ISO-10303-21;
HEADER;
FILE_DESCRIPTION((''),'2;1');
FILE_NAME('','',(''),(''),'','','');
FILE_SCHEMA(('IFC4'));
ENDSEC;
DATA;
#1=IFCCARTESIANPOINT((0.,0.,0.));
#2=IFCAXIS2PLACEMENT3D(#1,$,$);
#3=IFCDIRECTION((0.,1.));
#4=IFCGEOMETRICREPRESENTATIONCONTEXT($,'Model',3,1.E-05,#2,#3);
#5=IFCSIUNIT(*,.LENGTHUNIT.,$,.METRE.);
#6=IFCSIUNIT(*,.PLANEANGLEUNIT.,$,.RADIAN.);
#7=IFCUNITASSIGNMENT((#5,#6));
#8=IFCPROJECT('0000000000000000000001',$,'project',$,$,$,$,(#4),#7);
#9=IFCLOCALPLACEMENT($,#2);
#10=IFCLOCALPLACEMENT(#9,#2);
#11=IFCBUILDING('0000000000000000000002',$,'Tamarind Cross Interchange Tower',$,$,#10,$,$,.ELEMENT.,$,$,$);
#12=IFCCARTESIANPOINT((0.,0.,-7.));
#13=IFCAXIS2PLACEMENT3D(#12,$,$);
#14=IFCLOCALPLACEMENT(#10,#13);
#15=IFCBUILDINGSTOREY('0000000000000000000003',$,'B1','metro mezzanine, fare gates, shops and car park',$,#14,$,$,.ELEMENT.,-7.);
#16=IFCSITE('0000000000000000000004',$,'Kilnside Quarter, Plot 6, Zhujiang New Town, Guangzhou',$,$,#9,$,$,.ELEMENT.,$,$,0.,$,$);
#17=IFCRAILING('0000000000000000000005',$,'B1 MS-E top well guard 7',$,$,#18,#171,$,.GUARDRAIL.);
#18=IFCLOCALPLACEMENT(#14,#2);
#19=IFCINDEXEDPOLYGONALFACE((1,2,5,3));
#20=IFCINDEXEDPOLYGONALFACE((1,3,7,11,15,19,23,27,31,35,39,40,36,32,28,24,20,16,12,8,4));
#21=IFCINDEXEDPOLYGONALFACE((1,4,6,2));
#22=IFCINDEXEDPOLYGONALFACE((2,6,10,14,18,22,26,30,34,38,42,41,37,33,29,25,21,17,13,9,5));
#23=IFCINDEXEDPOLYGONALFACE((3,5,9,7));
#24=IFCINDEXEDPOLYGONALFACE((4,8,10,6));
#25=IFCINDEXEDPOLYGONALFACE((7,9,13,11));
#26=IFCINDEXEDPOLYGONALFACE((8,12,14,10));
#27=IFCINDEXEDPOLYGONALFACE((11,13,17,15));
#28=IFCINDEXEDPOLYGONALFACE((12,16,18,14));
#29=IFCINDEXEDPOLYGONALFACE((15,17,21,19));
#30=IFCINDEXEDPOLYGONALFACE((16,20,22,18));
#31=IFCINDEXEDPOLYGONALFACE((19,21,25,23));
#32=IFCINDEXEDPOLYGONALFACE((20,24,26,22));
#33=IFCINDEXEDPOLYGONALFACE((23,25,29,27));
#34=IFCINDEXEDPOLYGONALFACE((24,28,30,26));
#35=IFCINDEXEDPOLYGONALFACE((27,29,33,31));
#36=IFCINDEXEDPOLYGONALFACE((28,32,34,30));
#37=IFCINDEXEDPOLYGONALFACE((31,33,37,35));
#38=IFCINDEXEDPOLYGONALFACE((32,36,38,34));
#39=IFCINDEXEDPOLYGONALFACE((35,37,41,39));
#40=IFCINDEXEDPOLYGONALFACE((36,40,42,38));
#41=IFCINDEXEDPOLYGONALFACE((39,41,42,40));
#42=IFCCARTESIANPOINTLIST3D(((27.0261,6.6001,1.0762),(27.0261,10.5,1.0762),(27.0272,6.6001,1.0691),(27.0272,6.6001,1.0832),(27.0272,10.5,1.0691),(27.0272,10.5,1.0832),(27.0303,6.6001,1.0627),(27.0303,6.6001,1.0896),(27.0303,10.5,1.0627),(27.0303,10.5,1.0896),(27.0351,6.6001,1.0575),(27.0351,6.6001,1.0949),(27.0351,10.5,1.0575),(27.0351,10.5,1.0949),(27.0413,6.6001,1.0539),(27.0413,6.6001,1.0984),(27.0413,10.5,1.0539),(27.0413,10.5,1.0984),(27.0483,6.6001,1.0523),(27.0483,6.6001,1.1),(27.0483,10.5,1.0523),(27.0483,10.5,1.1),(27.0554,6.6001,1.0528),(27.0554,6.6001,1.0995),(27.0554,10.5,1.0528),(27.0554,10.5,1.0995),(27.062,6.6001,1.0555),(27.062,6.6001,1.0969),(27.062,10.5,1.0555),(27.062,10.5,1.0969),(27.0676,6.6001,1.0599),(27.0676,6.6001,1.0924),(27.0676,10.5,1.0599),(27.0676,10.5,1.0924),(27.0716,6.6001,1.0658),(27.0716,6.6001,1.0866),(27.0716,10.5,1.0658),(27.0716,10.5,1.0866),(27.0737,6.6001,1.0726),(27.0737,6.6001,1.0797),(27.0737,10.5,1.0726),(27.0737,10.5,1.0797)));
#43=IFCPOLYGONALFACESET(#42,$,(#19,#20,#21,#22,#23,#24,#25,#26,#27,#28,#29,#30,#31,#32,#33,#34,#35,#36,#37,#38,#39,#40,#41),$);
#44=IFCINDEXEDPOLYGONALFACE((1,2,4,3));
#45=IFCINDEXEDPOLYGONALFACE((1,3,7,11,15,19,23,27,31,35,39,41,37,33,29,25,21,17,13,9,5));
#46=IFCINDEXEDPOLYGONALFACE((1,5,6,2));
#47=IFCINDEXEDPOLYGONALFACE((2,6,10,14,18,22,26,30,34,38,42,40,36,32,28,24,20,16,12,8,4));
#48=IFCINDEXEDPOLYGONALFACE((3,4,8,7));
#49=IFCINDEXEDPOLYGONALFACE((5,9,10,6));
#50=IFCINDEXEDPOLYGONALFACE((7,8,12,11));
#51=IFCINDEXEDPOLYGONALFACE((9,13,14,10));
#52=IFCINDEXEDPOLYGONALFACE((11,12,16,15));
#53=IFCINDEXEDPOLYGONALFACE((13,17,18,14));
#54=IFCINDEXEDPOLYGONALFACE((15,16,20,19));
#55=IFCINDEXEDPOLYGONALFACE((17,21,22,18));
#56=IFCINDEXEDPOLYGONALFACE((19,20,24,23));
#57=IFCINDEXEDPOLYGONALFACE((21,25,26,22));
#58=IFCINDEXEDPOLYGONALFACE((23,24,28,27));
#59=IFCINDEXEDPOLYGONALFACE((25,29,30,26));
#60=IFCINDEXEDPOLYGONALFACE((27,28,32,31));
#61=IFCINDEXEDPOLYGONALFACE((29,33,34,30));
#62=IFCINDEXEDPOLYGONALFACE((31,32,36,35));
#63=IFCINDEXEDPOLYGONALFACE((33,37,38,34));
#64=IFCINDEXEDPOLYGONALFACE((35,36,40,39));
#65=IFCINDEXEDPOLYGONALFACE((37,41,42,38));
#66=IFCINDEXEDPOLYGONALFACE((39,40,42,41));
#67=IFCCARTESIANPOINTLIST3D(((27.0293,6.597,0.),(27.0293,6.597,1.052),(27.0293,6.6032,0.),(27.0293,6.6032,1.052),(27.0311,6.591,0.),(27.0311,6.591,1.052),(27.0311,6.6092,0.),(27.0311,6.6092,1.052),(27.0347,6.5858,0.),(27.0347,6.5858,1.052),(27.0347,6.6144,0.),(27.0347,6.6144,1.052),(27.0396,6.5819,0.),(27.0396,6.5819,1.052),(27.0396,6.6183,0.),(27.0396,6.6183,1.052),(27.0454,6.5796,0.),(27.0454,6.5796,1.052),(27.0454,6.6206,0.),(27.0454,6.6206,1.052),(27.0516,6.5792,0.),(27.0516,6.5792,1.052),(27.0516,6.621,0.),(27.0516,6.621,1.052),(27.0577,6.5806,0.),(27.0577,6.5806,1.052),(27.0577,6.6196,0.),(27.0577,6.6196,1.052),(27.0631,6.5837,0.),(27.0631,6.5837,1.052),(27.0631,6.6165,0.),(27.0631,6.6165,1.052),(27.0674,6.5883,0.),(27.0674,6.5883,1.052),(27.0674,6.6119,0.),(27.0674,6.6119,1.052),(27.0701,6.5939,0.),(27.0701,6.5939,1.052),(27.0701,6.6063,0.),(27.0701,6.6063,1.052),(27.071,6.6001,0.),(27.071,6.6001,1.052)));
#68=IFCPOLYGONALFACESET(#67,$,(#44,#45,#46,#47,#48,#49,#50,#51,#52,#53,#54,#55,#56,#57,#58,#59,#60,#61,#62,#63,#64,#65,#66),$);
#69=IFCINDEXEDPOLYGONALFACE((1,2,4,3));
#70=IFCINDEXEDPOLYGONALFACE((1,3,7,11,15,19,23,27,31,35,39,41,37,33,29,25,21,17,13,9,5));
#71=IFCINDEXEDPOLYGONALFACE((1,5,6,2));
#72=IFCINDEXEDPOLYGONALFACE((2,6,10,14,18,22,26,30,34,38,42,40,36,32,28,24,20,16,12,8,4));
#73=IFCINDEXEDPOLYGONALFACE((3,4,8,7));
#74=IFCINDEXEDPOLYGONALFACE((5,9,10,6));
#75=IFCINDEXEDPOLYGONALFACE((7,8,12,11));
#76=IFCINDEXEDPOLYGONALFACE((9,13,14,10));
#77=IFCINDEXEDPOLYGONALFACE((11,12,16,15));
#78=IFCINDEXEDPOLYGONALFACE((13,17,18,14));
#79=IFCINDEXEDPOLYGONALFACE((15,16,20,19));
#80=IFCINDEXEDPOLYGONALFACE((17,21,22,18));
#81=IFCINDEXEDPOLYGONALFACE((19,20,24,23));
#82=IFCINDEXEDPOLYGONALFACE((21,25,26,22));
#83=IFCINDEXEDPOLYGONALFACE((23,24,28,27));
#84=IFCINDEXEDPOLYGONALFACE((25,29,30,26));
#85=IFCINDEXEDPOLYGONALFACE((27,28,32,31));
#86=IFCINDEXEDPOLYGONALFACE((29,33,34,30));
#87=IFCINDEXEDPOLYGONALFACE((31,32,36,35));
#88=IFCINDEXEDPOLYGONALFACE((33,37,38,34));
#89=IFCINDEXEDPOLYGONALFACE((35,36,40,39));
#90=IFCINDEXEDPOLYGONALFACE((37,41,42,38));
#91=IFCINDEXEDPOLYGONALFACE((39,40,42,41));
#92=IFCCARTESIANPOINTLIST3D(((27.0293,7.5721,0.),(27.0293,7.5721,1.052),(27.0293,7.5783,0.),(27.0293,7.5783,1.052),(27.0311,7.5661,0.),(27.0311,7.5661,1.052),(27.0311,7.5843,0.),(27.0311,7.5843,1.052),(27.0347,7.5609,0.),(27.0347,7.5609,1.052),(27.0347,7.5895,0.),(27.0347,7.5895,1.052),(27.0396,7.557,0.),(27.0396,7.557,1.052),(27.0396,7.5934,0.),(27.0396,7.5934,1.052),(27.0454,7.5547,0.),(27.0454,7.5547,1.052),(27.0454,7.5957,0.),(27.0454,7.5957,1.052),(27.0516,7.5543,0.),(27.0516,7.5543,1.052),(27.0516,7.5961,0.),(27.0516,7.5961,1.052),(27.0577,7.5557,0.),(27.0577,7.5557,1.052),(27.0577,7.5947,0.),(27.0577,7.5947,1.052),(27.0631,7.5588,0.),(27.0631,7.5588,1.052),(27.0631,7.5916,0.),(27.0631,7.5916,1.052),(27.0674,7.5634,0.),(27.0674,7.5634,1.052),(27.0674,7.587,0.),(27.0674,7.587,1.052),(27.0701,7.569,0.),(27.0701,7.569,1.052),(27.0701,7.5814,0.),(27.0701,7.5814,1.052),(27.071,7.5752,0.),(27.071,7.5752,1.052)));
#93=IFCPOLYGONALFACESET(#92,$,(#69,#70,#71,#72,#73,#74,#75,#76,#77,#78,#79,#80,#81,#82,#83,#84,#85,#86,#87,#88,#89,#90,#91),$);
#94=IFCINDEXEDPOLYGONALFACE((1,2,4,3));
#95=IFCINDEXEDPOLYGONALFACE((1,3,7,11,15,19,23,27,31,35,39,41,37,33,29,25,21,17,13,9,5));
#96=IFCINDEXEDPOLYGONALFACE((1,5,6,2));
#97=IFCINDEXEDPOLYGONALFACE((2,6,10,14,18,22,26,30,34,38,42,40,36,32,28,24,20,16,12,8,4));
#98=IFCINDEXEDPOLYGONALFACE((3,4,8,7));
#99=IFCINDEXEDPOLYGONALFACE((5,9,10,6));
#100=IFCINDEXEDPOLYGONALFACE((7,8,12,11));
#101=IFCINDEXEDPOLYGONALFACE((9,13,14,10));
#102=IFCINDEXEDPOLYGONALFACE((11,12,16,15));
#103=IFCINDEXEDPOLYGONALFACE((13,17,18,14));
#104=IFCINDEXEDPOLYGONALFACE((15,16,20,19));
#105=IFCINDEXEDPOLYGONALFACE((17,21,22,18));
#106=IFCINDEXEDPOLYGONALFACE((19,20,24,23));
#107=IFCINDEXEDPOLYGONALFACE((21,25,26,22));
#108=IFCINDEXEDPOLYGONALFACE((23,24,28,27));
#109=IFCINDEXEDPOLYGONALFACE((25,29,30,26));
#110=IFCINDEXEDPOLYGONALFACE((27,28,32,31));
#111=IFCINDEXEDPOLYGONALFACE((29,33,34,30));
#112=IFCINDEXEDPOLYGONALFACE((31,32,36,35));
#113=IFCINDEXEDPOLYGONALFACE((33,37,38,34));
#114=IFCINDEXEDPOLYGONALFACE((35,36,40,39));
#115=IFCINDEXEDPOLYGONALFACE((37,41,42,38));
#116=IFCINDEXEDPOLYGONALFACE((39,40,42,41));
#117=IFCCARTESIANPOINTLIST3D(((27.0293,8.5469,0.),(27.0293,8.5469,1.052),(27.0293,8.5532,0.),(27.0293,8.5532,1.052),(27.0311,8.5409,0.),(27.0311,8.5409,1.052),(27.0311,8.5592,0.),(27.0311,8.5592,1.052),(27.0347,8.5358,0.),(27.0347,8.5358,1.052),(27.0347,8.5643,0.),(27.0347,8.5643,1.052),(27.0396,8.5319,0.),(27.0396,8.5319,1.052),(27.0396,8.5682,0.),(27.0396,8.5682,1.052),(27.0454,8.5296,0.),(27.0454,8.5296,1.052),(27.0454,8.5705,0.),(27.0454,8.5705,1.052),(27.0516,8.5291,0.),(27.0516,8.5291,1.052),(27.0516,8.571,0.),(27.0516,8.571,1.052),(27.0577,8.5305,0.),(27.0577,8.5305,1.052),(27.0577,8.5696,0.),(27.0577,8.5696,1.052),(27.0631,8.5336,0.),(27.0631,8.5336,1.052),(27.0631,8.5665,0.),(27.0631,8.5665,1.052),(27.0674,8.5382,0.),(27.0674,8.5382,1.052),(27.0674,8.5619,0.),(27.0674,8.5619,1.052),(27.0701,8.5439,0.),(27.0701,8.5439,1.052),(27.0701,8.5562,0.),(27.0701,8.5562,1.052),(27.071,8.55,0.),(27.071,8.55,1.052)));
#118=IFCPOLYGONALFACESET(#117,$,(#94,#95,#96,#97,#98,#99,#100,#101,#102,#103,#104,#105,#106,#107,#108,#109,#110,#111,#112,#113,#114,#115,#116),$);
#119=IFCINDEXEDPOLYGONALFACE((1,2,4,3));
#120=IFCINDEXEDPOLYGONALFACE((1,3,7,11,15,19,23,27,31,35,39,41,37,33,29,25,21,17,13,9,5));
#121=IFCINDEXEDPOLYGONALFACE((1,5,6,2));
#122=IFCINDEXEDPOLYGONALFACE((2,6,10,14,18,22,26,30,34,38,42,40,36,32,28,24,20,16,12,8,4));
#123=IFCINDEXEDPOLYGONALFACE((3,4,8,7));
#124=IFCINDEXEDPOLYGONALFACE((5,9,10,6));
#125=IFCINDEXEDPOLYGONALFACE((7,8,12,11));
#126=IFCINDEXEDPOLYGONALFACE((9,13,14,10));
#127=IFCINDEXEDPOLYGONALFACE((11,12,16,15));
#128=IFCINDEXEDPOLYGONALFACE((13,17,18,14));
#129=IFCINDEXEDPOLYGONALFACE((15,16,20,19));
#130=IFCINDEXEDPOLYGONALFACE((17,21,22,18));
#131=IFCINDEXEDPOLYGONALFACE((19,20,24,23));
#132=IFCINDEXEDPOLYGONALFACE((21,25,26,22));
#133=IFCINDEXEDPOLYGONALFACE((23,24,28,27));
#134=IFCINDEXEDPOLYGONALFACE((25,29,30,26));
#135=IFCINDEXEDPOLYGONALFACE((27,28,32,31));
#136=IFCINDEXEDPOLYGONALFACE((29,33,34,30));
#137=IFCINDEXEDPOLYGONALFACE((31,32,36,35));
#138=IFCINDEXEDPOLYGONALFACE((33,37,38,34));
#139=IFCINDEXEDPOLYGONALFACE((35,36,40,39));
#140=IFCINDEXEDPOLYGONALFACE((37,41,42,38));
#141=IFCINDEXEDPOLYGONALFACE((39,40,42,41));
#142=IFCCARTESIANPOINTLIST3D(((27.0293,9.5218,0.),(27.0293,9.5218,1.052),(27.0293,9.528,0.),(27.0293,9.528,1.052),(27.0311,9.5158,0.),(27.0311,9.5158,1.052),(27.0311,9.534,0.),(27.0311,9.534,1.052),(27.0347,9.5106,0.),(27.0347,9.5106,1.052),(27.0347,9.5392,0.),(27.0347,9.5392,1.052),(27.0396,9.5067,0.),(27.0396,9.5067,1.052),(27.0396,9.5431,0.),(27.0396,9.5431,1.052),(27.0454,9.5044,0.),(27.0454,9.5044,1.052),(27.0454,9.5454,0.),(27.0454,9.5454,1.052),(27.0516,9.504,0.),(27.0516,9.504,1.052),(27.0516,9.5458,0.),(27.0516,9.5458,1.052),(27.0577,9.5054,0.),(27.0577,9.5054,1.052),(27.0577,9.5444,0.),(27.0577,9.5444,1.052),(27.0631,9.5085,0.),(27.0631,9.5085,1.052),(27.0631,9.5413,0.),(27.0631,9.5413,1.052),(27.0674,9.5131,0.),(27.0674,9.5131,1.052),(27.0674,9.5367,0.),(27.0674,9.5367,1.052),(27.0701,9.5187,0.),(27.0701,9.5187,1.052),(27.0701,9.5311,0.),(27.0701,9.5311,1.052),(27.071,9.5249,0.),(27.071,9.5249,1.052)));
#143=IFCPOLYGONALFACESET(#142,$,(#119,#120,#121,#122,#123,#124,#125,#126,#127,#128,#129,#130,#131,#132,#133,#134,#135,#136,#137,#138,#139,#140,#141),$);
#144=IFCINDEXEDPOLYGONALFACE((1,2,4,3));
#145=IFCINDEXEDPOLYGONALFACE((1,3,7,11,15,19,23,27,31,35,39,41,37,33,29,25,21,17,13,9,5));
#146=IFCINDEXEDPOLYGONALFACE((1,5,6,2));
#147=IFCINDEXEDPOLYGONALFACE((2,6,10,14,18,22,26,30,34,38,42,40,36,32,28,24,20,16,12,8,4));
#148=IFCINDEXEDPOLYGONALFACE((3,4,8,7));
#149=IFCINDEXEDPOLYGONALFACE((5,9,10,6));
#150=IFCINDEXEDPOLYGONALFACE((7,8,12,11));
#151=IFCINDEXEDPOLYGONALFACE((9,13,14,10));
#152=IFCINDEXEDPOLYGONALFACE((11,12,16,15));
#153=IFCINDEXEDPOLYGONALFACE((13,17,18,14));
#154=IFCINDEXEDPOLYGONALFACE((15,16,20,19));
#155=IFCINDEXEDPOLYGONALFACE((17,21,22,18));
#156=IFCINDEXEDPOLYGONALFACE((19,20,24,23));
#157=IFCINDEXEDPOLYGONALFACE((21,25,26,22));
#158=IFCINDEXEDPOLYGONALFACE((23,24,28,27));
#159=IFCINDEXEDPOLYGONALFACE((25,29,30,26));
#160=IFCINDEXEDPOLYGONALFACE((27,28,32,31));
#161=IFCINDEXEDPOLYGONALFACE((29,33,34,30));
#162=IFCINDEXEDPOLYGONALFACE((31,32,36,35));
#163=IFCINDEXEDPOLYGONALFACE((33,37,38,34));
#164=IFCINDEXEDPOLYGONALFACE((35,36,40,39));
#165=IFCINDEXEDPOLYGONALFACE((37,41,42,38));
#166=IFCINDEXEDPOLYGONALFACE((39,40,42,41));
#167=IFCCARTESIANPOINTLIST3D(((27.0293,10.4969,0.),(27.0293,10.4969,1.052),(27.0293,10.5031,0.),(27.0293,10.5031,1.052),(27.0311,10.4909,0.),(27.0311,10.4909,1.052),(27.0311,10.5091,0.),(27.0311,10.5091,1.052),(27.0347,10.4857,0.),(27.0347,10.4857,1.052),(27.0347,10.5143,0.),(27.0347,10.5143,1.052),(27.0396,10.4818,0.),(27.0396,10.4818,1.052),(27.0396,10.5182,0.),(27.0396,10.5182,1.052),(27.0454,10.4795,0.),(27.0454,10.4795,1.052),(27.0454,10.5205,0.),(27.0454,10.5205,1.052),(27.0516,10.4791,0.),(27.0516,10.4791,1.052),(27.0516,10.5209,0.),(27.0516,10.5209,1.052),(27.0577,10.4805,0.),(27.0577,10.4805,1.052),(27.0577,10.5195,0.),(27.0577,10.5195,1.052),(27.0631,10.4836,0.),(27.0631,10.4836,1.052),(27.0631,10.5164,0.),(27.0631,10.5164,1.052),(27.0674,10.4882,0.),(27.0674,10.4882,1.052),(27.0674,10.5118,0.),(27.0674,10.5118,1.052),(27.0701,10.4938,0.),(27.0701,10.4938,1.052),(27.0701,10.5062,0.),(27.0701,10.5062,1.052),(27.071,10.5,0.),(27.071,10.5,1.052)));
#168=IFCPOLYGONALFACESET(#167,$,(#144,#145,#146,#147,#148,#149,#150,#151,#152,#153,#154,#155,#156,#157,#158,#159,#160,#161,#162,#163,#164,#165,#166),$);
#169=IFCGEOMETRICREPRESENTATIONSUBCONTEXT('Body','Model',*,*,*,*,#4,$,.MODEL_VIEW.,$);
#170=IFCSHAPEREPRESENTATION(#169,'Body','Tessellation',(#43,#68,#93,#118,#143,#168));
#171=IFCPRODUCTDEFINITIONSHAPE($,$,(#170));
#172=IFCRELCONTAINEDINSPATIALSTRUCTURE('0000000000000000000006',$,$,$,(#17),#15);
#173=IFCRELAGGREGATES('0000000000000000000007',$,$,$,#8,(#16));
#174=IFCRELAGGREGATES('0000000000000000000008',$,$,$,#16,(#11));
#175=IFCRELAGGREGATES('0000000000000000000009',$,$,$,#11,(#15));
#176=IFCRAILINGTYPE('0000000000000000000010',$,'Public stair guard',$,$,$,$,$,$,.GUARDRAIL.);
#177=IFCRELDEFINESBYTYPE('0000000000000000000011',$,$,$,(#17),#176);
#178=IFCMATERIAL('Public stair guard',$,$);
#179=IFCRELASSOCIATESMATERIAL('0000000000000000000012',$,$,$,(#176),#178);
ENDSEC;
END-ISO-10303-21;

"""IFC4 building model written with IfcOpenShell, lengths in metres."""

from ifc_helpers import new_model, si_unit, direction, frame, origin, origin_2d, place, context, subcontext, project, spatial, circle, extrude, material, type_object, element, save


model = new_model("IFC4")

# Units and contexts
model_context = context("Model", 3, precision=1e-05, world=origin(), true_north=direction((0.0, 1.0)))
body_context = subcontext(model_context, "Body", "Model", "MODEL_VIEW")
ifc_project = project(units=[si_unit("LENGTHUNIT", "METRE"), si_unit("PLANEANGLEUNIT", "RADIAN")], contexts=[model_context])

# Site, building, storey
site_placement = place(None, origin())
site = spatial("IfcSite", under=ifc_project, at=site_placement, Name="Kilnside Quarter, Plot 6, Zhujiang New Town, Guangzhou", CompositionType="ELEMENT", RefElevation=0.0)
building_placement = place(site_placement, origin())
building = spatial("IfcBuilding", under=site, at=building_placement, Name="Tamarind Cross Interchange Tower", CompositionType="ELEMENT")
storey_placement = place(building_placement, frame((0.0, 0.0, -7.0)))
storey = spatial("IfcBuildingStorey", under=building, at=storey_placement, Name="B1", Description="metro mezzanine, fare gates, shops and car park", CompositionType="ELEMENT", Elevation=-7.0)

# Railing
ifc_material_1 = material(Name="Public stair guard")
railing_type_1 = type_object("IfcRailingType", Name="Public stair guard", PredefinedType="GUARDRAIL", material=ifc_material_1)
railing_1_placement = place(storey_placement, frame((27.05, 6.6001, 0.0)))
element("IfcRailing", 1, at=railing_1_placement, inside=storey, type_object=railing_type_1, Name="B1 MS-E top well guard 7", PredefinedType="GUARDRAIL", context=body_context, shape_type="SweptSolid", body=[
    extrude(circle(Radius=0.0239, at=origin_2d()), frame((0.0, 0.0, 1.0762), z_axis=(0.0, 1.0, 0.0), x_axis=(-1.0, 0.0, 0.0)), (0.0, 0.0, 1.0), 3.8999),
    extrude(circle(Radius=0.021, at=origin_2d()), origin(), (0.0, 0.0, 1.0), 1.052),
    extrude(circle(Radius=0.021, at=origin_2d()), frame((0.0, 0.9751, 0.0)), (0.0, 0.0, 1.0), 1.052),
    extrude(circle(Radius=0.021, at=origin_2d()), frame((0.0, 1.95, 0.0)), (0.0, 0.0, 1.0), 1.052),
    extrude(circle(Radius=0.021, at=origin_2d()), frame((0.0, 2.9248, 0.0)), (0.0, 0.0, 1.0), 1.052),
    extrude(circle(Radius=0.021, at=origin_2d()), frame((0.0, 3.8999, 0.0)), (0.0, 0.0, 1.0), 1.052),
])

save(model, "model.ifc")
